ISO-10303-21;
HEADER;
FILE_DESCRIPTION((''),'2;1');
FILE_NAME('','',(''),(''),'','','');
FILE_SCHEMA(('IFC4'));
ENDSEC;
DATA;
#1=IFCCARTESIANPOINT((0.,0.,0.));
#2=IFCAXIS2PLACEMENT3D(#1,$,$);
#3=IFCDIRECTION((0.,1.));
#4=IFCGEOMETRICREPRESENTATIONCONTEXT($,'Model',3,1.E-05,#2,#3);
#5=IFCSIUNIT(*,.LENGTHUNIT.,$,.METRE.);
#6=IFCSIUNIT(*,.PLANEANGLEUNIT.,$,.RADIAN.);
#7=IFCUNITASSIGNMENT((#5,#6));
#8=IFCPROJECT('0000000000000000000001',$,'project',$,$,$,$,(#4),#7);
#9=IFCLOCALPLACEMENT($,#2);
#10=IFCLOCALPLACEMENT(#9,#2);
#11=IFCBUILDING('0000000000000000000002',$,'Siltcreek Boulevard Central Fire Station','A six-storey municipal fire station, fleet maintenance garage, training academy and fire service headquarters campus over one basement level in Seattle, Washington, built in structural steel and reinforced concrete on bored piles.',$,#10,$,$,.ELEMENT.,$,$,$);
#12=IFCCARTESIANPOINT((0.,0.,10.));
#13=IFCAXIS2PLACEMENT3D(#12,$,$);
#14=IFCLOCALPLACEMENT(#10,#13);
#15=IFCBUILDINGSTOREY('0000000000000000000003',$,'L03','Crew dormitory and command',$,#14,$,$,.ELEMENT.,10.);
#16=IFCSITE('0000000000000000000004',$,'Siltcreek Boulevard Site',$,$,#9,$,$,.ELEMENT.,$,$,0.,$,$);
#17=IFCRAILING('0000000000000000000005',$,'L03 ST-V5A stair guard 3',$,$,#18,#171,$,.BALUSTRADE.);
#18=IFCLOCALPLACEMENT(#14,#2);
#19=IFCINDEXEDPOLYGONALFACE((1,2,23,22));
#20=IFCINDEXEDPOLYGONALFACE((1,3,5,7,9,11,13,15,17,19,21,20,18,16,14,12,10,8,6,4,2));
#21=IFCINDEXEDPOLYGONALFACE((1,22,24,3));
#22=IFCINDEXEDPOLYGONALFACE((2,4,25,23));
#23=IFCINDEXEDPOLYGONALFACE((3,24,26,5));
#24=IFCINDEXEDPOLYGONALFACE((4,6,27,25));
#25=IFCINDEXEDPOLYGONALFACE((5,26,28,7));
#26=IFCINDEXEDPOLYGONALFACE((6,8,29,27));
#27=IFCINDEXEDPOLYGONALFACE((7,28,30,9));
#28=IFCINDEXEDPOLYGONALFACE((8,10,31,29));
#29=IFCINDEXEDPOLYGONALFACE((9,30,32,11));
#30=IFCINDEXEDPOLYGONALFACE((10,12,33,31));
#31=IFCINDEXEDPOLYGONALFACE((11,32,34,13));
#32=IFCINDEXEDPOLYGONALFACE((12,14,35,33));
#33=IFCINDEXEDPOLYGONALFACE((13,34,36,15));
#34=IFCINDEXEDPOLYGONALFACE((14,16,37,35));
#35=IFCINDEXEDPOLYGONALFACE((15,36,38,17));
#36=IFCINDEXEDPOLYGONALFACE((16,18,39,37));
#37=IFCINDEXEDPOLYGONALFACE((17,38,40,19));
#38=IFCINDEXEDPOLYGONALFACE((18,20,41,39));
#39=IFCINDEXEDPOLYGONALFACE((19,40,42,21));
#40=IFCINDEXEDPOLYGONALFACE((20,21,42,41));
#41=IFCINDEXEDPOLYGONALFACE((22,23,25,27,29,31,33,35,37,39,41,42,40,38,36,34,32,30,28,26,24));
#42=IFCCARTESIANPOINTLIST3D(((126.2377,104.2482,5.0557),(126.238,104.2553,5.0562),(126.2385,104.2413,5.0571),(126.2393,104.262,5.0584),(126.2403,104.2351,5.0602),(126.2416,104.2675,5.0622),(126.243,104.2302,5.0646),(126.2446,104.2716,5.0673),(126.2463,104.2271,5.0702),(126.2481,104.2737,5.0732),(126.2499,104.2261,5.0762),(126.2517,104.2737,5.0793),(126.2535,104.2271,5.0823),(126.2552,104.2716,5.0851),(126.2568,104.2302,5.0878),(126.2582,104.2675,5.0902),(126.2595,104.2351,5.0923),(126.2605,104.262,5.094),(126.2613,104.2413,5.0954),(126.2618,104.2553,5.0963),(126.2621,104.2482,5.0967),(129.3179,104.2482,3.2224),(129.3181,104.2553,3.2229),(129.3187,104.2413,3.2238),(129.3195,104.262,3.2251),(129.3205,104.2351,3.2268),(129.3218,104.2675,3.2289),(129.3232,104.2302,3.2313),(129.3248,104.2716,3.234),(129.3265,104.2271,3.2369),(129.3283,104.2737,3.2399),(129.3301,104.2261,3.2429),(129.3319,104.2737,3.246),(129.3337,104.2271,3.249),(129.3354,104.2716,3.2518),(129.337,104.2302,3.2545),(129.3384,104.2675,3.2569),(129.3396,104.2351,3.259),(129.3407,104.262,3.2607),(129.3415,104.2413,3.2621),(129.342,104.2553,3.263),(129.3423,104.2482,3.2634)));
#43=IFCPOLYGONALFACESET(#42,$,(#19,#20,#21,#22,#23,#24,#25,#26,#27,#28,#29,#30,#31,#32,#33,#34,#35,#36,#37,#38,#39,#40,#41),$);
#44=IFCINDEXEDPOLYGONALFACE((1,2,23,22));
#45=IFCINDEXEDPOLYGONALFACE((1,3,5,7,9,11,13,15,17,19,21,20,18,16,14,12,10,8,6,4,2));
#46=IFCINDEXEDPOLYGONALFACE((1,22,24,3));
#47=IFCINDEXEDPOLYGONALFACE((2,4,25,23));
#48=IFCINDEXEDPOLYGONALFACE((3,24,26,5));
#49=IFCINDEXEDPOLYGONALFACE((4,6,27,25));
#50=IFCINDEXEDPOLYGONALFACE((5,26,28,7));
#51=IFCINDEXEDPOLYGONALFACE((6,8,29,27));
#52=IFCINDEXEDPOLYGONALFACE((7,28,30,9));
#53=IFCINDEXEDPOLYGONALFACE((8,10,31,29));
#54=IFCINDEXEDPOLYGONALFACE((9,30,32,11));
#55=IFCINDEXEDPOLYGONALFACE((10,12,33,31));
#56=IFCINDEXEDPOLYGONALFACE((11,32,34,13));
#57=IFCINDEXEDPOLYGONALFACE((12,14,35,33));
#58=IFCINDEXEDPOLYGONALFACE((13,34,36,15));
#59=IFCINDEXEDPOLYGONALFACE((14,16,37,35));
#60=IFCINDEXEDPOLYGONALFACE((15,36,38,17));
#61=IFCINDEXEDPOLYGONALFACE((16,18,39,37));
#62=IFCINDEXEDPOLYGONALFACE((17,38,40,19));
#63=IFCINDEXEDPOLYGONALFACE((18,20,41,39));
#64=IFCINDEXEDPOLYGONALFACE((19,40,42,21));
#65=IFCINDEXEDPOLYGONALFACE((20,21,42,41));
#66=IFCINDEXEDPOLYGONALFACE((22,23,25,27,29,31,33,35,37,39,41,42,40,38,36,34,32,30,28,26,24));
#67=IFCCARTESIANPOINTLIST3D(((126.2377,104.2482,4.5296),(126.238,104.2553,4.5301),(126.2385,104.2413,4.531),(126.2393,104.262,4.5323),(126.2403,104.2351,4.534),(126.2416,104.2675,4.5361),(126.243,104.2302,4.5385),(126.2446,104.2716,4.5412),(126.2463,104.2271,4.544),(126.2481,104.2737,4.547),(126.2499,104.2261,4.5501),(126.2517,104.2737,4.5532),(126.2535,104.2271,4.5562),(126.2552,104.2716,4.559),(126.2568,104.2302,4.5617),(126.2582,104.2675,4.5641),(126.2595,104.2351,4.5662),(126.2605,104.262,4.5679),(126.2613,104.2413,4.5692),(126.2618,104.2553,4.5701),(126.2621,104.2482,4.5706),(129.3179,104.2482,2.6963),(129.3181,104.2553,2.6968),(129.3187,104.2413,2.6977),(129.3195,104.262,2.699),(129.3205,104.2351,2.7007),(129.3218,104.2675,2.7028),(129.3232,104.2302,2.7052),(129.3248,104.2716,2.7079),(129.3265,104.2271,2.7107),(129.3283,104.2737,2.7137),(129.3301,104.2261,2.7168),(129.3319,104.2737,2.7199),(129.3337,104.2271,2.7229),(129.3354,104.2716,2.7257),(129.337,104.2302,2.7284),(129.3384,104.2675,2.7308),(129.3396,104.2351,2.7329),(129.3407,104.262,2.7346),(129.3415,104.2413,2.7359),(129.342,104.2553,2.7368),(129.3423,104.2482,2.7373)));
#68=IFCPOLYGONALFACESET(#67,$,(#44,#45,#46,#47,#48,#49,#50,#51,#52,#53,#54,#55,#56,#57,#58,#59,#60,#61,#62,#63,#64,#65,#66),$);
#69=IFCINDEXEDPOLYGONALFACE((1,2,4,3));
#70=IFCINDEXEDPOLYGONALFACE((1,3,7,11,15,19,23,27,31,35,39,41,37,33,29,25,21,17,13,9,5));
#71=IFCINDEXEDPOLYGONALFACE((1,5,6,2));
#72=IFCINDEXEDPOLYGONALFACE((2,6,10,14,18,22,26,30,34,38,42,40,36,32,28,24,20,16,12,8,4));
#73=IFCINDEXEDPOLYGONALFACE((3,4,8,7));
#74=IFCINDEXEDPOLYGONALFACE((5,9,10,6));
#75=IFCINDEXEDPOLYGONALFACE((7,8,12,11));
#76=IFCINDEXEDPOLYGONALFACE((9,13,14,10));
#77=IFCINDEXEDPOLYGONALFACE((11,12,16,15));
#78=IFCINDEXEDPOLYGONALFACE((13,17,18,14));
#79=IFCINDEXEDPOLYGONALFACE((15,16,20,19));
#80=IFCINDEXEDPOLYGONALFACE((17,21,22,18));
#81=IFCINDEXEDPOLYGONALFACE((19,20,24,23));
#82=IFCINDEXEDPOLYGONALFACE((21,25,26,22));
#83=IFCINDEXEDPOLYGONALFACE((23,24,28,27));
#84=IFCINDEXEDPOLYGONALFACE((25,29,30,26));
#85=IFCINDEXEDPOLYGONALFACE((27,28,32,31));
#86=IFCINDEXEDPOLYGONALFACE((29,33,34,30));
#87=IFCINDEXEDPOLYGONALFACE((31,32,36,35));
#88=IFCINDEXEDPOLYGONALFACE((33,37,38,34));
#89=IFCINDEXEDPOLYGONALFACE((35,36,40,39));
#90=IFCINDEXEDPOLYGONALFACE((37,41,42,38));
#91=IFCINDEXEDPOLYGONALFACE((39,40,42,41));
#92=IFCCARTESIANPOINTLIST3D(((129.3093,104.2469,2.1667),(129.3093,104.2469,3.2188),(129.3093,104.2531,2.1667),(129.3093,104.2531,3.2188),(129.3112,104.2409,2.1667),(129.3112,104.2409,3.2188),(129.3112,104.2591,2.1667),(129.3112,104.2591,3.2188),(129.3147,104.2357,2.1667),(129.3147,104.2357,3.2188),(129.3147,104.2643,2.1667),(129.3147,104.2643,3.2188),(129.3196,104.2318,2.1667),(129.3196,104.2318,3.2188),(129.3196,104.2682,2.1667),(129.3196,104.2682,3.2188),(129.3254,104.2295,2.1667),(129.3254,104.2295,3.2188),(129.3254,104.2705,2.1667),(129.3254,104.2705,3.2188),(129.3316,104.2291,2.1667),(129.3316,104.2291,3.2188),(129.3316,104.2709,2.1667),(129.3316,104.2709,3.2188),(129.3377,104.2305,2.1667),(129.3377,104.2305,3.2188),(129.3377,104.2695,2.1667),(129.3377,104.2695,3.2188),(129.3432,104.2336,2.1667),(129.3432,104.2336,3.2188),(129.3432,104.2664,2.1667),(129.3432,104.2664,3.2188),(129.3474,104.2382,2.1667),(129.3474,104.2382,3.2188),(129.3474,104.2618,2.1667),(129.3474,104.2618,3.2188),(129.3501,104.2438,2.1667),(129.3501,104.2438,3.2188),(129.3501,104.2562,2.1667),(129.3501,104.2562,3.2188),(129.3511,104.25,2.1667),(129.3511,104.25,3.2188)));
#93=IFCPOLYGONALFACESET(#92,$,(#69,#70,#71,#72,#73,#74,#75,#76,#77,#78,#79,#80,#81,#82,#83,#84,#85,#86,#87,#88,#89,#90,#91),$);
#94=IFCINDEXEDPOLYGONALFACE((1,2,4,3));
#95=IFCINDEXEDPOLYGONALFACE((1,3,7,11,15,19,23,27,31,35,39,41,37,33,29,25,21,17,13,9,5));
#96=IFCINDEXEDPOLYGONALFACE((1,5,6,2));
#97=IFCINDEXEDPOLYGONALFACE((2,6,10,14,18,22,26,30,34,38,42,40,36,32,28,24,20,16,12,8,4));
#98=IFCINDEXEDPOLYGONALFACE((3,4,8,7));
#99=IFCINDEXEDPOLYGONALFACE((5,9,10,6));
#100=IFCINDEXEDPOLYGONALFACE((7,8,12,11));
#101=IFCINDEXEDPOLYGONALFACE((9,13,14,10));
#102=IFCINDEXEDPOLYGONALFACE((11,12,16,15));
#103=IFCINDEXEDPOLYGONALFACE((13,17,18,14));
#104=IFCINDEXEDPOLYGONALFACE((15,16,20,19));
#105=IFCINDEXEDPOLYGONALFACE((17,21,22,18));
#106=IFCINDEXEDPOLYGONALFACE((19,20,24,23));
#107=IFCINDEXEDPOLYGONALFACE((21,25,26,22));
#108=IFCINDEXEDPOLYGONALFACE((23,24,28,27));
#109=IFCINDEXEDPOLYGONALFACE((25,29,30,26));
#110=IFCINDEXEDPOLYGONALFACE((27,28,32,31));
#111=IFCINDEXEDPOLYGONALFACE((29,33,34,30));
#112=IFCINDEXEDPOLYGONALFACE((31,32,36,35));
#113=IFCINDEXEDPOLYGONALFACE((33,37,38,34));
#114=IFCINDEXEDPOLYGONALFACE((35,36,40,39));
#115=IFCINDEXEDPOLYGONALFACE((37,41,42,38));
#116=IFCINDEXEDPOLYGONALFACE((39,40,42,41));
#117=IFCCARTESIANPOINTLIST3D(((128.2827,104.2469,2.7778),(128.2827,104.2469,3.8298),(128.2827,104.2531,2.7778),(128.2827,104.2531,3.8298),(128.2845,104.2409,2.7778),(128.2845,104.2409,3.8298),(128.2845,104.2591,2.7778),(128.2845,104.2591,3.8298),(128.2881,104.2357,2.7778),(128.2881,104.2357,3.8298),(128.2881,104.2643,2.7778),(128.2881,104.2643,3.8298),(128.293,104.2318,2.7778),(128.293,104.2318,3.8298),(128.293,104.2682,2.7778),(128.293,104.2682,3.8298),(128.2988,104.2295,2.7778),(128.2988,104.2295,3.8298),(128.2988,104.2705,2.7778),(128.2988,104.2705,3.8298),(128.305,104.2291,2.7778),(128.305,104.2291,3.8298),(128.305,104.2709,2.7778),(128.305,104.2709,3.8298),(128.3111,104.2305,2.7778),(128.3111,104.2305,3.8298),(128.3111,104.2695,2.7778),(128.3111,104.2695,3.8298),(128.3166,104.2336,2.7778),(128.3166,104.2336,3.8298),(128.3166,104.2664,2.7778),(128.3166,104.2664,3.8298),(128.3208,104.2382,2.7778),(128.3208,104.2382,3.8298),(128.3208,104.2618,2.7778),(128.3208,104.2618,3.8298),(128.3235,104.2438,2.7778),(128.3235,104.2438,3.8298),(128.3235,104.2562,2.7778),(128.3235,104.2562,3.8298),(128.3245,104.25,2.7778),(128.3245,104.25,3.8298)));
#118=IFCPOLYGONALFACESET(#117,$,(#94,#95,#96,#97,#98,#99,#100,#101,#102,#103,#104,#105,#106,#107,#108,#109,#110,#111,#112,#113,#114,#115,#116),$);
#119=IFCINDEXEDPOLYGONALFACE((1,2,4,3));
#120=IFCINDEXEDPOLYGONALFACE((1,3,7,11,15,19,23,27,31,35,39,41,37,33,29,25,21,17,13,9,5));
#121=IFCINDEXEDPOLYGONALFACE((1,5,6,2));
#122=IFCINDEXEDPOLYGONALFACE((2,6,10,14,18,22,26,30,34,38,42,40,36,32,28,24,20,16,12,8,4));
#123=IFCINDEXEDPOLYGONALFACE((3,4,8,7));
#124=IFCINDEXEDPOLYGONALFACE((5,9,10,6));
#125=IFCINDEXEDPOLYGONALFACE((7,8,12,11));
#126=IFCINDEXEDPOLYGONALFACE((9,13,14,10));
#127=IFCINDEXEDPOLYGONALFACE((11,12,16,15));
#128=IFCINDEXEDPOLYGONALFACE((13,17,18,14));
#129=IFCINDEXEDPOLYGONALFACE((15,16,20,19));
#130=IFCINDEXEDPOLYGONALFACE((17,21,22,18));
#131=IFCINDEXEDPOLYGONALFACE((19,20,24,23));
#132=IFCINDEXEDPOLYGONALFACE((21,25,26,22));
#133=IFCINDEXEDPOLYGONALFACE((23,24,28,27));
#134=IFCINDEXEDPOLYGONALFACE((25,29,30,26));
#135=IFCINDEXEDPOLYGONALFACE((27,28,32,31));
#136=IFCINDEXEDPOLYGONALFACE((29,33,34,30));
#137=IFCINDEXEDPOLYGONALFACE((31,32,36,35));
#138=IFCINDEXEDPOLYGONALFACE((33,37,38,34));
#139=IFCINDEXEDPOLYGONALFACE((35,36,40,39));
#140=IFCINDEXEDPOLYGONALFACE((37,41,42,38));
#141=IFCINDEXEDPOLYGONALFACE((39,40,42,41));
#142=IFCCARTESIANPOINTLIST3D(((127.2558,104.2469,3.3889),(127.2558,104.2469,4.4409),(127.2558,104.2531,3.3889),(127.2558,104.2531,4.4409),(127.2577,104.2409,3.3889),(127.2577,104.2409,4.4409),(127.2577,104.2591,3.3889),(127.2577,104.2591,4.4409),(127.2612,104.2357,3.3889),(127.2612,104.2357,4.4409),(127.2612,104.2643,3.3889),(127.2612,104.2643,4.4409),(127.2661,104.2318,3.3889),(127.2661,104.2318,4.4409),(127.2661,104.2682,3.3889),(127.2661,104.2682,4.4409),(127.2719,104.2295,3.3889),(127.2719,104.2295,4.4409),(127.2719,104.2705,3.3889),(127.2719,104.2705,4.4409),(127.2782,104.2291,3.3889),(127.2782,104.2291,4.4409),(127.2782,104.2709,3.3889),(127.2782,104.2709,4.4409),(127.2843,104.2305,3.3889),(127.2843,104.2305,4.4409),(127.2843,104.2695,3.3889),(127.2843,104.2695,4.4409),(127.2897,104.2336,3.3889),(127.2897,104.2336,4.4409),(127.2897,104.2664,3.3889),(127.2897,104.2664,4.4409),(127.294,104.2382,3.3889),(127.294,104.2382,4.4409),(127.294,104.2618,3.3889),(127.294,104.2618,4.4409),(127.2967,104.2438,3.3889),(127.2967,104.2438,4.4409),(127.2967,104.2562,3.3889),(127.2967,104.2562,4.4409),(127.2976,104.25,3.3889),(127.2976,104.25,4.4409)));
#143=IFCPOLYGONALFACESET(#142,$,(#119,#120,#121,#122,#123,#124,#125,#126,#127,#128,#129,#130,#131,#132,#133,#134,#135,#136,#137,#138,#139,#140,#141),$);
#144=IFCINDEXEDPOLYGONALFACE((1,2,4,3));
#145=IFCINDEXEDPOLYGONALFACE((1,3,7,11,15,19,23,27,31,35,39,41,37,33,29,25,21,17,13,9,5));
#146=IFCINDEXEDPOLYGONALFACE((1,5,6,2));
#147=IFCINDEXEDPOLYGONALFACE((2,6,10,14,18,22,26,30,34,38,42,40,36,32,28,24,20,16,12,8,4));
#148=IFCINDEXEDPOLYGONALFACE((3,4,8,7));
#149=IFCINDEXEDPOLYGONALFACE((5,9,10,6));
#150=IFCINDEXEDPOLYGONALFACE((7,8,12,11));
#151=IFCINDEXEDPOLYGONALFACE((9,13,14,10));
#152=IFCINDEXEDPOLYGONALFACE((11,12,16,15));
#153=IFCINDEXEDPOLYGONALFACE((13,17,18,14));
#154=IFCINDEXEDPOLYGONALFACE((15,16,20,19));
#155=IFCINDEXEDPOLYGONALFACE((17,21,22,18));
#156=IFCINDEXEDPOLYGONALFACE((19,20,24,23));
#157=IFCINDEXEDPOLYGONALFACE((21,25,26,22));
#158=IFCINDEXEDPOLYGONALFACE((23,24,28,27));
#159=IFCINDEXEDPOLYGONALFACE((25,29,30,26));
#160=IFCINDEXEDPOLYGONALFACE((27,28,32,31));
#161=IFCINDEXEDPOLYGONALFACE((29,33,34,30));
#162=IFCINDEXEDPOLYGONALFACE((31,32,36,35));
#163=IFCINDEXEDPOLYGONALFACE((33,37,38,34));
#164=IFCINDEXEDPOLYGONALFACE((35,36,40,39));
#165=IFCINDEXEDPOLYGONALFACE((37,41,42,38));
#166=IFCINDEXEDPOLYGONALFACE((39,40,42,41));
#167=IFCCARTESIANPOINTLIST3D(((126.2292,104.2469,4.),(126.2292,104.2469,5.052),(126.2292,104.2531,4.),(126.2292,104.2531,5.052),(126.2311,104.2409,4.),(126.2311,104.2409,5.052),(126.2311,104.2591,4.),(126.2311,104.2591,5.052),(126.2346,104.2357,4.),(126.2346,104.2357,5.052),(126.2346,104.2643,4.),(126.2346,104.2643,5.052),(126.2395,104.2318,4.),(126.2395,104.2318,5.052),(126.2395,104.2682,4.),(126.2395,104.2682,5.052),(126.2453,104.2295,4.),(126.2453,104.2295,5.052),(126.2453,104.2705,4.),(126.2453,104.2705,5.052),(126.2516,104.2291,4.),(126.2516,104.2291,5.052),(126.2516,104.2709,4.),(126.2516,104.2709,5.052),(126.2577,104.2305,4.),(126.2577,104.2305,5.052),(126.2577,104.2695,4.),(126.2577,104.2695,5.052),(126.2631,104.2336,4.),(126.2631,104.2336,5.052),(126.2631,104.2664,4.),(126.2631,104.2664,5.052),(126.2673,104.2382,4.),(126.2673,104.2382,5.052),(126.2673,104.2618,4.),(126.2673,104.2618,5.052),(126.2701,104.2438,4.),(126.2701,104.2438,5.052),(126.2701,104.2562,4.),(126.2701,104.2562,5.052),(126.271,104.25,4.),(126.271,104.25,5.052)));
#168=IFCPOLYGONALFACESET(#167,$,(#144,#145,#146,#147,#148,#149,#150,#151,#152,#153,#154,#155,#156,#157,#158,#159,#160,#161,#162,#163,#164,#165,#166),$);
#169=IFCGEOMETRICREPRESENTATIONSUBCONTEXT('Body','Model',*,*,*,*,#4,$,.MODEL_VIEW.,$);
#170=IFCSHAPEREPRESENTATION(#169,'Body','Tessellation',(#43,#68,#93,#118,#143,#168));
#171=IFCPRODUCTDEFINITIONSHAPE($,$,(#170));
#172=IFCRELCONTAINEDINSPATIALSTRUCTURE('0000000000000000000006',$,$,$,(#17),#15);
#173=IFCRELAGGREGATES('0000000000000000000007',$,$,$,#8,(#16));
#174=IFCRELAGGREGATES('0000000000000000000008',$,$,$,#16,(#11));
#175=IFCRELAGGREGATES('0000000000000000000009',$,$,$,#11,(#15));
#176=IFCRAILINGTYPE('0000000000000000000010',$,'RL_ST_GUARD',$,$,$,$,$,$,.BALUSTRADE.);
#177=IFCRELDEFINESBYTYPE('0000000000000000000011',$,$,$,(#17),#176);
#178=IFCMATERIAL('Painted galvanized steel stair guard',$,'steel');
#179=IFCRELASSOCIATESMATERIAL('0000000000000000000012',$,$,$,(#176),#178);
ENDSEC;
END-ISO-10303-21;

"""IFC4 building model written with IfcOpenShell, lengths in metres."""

from ifc_helpers import new_model, si_unit, direction, frame, origin, origin_2d, place, context, subcontext, project, spatial, circle, extrude, material, type_object, element, save


model = new_model("IFC4")

# Units and contexts
model_context = context("Model", 3, precision=1e-05, world=origin(), true_north=direction((0.0, 1.0)))
body_context = subcontext(model_context, "Body", "Model", "MODEL_VIEW")
ifc_project = project(units=[si_unit("LENGTHUNIT", "METRE"), si_unit("PLANEANGLEUNIT", "RADIAN")], contexts=[model_context])

# Site, building, storey
site_placement = place(None, origin())
site = spatial("IfcSite", under=ifc_project, at=site_placement, Name="Siltcreek Boulevard Site", CompositionType="ELEMENT", RefElevation=0.0)
building_placement = place(site_placement, origin())
building = spatial("IfcBuilding", under=site, at=building_placement, Name="Siltcreek Boulevard Central Fire Station", Description="A six-storey municipal fire station, fleet maintenance garage, training academy and fire service headquarters campus over one basement level in Seattle, Washington, built in structural steel and reinforced concrete on bored piles.", CompositionType="ELEMENT")
storey_placement = place(building_placement, frame((0.0, 0.0, 10.0)))
storey = spatial("IfcBuildingStorey", under=building, at=storey_placement, Name="L03", Description="Crew dormitory and command", CompositionType="ELEMENT", Elevation=10.0)

# Railing
ifc_material_1 = material(Name="Painted galvanized steel stair guard", Category="steel")
railing_type_1 = type_object("IfcRailingType", Name="RL_ST_GUARD", PredefinedType="BALUSTRADE", material=ifc_material_1)
railing_1_placement = place(storey_placement, frame((129.3301, 104.25, 2.1667)))
element("IfcRailing", 1, at=railing_1_placement, inside=storey, type_object=railing_type_1, Name="L03 ST-V5A stair guard 3", PredefinedType="BALUSTRADE", context=body_context, shape_type="SweptSolid", body=[
    extrude(circle(Radius=0.0239, at=origin_2d()), frame((0.0, 0.0, 1.0762), z_axis=(-0.859309, 0.0, 0.511458), x_axis=(0.0, -1.0, 0.0)), (0.0, 0.0, 1.0), 3.5845),
    extrude(circle(Radius=0.0239, at=origin_2d()), frame((0.0, 0.0, 0.55), z_axis=(-0.859309, 0.0, 0.511458), x_axis=(0.0, -1.0, 0.0)), (0.0, 0.0, 1.0), 3.5845),
    extrude(circle(Radius=0.021, at=origin_2d()), origin(), (0.0, 0.0, 1.0), 1.052),
    extrude(circle(Radius=0.021, at=origin_2d()), frame((-1.0266, 0.0, 0.6111)), (0.0, 0.0, 1.0), 1.052),
    extrude(circle(Radius=0.021, at=origin_2d()), frame((-2.0535, 0.0, 1.2222)), (0.0, 0.0, 1.0), 1.052),
    extrude(circle(Radius=0.021, at=origin_2d()), frame((-3.0801, 0.0, 1.8333)), (0.0, 0.0, 1.0), 1.052),
])

save(model, "model.ifc")
